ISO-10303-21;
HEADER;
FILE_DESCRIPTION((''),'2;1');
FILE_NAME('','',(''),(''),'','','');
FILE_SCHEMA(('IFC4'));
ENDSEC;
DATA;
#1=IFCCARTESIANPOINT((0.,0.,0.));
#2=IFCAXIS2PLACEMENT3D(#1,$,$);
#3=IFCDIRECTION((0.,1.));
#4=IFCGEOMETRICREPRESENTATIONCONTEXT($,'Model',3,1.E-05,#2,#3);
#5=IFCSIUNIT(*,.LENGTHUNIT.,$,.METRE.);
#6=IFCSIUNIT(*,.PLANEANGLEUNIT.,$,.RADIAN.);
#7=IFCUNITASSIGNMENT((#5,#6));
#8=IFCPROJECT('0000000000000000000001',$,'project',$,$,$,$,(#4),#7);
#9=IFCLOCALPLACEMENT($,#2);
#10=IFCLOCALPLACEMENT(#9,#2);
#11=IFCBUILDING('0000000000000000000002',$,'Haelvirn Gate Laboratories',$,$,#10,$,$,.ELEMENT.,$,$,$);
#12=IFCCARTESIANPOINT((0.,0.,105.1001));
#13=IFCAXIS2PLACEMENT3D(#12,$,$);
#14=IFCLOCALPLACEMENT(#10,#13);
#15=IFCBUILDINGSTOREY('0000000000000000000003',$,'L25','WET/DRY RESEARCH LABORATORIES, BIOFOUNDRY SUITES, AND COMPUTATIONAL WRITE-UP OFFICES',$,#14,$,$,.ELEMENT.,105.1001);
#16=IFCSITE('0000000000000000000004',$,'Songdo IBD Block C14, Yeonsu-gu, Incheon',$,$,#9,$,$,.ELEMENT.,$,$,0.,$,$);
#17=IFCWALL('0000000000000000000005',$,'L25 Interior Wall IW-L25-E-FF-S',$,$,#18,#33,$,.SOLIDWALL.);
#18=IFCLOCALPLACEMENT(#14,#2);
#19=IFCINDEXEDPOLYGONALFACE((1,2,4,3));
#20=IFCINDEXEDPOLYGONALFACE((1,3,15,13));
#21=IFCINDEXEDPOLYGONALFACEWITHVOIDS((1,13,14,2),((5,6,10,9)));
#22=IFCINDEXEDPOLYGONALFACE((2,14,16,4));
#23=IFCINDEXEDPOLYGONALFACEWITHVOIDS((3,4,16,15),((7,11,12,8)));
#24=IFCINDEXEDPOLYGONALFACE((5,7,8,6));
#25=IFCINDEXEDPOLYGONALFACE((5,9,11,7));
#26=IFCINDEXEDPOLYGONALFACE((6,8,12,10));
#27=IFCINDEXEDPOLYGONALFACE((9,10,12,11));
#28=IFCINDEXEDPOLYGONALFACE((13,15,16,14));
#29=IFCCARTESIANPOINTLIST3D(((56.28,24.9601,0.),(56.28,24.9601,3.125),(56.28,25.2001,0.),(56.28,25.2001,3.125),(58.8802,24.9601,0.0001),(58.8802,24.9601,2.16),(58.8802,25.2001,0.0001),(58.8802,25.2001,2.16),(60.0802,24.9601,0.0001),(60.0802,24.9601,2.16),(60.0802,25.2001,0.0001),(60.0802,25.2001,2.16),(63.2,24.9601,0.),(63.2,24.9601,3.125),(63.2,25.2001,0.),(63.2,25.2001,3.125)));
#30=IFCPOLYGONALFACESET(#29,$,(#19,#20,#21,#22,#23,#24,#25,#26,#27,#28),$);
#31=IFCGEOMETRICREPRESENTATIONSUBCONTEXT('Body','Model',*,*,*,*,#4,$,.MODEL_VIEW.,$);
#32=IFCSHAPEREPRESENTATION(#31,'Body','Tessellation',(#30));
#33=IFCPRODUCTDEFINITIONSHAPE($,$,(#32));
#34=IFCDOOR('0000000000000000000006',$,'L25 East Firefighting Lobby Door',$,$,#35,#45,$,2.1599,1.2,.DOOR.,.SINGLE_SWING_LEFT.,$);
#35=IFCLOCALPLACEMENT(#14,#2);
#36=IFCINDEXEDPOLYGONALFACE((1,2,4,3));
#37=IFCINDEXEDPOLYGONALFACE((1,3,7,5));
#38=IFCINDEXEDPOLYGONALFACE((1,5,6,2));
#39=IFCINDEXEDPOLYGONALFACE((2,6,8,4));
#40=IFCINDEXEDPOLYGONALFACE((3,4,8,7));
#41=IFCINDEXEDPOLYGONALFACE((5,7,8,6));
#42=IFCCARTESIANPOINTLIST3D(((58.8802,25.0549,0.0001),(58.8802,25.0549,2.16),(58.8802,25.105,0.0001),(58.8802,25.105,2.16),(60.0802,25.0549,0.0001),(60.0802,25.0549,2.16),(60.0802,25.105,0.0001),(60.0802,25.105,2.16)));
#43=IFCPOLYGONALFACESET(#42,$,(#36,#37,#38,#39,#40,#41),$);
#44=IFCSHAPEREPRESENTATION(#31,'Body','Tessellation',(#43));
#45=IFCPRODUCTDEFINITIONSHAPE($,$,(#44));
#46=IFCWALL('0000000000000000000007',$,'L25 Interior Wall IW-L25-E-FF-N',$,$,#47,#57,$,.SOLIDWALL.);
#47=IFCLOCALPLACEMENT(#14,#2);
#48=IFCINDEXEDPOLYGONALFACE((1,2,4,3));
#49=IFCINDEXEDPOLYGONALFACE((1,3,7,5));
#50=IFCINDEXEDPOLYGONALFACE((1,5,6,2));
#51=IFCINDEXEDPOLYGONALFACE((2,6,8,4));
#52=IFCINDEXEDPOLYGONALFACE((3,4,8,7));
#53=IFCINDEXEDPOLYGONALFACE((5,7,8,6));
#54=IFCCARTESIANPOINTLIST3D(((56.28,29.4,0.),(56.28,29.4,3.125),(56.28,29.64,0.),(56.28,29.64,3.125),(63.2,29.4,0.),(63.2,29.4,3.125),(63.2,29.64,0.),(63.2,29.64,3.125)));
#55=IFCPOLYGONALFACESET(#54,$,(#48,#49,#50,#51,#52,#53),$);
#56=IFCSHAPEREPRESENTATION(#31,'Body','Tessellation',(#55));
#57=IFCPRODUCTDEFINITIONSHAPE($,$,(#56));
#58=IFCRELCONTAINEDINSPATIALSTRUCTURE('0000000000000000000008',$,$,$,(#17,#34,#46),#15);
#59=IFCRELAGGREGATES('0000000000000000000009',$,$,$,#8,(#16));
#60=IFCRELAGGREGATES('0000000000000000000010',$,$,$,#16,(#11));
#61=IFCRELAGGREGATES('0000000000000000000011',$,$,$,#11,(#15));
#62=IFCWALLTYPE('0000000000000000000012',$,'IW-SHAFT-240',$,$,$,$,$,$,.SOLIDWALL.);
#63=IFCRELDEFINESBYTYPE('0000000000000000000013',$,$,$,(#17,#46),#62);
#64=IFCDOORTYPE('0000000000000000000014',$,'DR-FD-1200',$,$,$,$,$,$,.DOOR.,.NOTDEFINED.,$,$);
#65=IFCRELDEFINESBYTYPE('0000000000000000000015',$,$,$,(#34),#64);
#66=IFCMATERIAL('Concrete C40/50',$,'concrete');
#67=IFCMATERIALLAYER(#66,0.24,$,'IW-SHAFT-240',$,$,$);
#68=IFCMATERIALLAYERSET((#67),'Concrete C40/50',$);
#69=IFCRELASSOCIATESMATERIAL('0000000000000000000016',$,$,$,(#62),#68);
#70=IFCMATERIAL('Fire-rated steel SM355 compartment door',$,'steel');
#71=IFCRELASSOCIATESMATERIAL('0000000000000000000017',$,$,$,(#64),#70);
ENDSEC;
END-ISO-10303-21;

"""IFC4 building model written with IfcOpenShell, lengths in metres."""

from ifc_helpers import new_model, si_unit, direction, frame, frame_2d, origin, place, context, subcontext, project, spatial, rectangle, extrude, source, transform, mapped, material, layer, layer_set, type_object, type_shapes, element, fill, save


model = new_model("IFC4")

# Units and contexts
model_context = context("Model", 3, precision=1e-05, world=origin(), true_north=direction((0.0, 1.0)))
body_context = subcontext(model_context, "Body", "Model", "MODEL_VIEW")
ifc_project = project(units=[si_unit("LENGTHUNIT", "METRE"), si_unit("PLANEANGLEUNIT", "RADIAN")], contexts=[model_context])

# Site, building, storey
site_placement = place(None, origin())
site = spatial("IfcSite", under=ifc_project, at=site_placement, Name="Songdo IBD Block C14, Yeonsu-gu, Incheon", CompositionType="ELEMENT", RefElevation=0.0)
building_placement = place(site_placement, origin())
building = spatial("IfcBuilding", under=site, at=building_placement, Name="Haelvirn Gate Laboratories", CompositionType="ELEMENT")
storey_placement = place(building_placement, frame((0.0, 0.0, 105.1001)))
storey = spatial("IfcBuildingStorey", under=building, at=storey_placement, Name="L25", Description="WET/DRY RESEARCH LABORATORIES, BIOFOUNDRY SUITES, AND COMPUTATIONAL WRITE-UP OFFICES", CompositionType="ELEMENT", Elevation=105.1001)

# Shared definitions
ifc_material_1 = material(Name="Concrete C40/50", Category="concrete")

# Wall, opening, door
ifc_layer_1 = layer(ifc_material_1, 0.24, Name="IW-SHAFT-240")
ifc_layer_set_1 = layer_set([ifc_layer_1], Name="Concrete C40/50")
wall_type_1 = type_object("IfcWallType", Name="IW-SHAFT-240", PredefinedType="SOLIDWALL", material=ifc_layer_set_1)
wall_1_placement = place(storey_placement, frame((56.28, 25.0801, 0.0), z_axis=(0.0, 0.0, 1.0), x_axis=(1.0, 0.0, 0.0)))
wall_1 = element("IfcWall", 1, at=wall_1_placement, inside=storey, type_object=wall_type_1, Name="L25 Interior Wall IW-L25-E-FF-S", PredefinedType="SOLIDWALL", context=body_context, shape_type="SweptSolid", body=[
    extrude(rectangle(XDim=6.9199, YDim=0.24, at=frame_2d((3.46, 0.0))), origin(), (0.0, 0.0, 1.0), 3.125),
])
opening_1_placement = place(wall_1_placement, frame((2.6001, 0.0, 0.0)))
opening_1 = element("IfcOpeningElement", 2, at=opening_1_placement, cuts=wall_1, PredefinedType="OPENING", context=body_context, shape_type="SweptSolid", body=[
    extrude(rectangle(XDim=1.2, YDim=2.1599, at=frame_2d((0.6001, 1.0801))), frame((0.0, 0.1299, 0.0), z_axis=(0.0, -1.0, 0.0), x_axis=(1.0, 0.0, 0.0)), (0.0, 0.0, 1.0), 0.26),
])
ifc_material_2 = material(Name="Fire-rated steel SM355 compartment door", Category="steel")
door_type_1 = type_object("IfcDoorType", Name="DR-FD-1200", OperationType="NOTDEFINED", PredefinedType="DOOR", material=ifc_material_2)
shared_shape_1 = source(origin(), body_context, "Body", "SweptSolid", [
    extrude(rectangle(XDim=1.2, YDim=2.1599, at=frame_2d((0.6001, 1.0801))), frame((0.0, 0.0249, 0.0), z_axis=(0.0, -1.0, 0.0), x_axis=(1.0, 0.0, 0.0)), (0.0, 0.0, 1.0), 0.05),
])
type_shapes(door_type_1, [shared_shape_1])
door_1_placement = place(opening_1_placement, origin())
door_1 = element("IfcDoor", 3, at=door_1_placement, inside=storey, type_object=door_type_1, Name="L25 East Firefighting Lobby Door", OperationType="SINGLE_SWING_LEFT", OverallHeight=2.1599, OverallWidth=1.2, PredefinedType="DOOR", context=body_context, shape_type="MappedRepresentation", body=[
    mapped(shared_shape_1, transform((0.0, 0.0, 0.0), scale=1.0)),
])
fill(opening_1, door_1)

# Wall
wall_2_placement = place(storey_placement, frame((56.28, 29.52, 0.0), z_axis=(0.0, 0.0, 1.0), x_axis=(1.0, 0.0, 0.0)))
element("IfcWall", 4, at=wall_2_placement, inside=storey, type_object=wall_type_1, Name="L25 Interior Wall IW-L25-E-FF-N", PredefinedType="SOLIDWALL", context=body_context, shape_type="SweptSolid", body=[
    extrude(rectangle(XDim=6.9199, YDim=0.24, at=frame_2d((3.46, 0.0))), origin(), (0.0, 0.0, 1.0), 3.125),
])

save(model, "model.ifc")
